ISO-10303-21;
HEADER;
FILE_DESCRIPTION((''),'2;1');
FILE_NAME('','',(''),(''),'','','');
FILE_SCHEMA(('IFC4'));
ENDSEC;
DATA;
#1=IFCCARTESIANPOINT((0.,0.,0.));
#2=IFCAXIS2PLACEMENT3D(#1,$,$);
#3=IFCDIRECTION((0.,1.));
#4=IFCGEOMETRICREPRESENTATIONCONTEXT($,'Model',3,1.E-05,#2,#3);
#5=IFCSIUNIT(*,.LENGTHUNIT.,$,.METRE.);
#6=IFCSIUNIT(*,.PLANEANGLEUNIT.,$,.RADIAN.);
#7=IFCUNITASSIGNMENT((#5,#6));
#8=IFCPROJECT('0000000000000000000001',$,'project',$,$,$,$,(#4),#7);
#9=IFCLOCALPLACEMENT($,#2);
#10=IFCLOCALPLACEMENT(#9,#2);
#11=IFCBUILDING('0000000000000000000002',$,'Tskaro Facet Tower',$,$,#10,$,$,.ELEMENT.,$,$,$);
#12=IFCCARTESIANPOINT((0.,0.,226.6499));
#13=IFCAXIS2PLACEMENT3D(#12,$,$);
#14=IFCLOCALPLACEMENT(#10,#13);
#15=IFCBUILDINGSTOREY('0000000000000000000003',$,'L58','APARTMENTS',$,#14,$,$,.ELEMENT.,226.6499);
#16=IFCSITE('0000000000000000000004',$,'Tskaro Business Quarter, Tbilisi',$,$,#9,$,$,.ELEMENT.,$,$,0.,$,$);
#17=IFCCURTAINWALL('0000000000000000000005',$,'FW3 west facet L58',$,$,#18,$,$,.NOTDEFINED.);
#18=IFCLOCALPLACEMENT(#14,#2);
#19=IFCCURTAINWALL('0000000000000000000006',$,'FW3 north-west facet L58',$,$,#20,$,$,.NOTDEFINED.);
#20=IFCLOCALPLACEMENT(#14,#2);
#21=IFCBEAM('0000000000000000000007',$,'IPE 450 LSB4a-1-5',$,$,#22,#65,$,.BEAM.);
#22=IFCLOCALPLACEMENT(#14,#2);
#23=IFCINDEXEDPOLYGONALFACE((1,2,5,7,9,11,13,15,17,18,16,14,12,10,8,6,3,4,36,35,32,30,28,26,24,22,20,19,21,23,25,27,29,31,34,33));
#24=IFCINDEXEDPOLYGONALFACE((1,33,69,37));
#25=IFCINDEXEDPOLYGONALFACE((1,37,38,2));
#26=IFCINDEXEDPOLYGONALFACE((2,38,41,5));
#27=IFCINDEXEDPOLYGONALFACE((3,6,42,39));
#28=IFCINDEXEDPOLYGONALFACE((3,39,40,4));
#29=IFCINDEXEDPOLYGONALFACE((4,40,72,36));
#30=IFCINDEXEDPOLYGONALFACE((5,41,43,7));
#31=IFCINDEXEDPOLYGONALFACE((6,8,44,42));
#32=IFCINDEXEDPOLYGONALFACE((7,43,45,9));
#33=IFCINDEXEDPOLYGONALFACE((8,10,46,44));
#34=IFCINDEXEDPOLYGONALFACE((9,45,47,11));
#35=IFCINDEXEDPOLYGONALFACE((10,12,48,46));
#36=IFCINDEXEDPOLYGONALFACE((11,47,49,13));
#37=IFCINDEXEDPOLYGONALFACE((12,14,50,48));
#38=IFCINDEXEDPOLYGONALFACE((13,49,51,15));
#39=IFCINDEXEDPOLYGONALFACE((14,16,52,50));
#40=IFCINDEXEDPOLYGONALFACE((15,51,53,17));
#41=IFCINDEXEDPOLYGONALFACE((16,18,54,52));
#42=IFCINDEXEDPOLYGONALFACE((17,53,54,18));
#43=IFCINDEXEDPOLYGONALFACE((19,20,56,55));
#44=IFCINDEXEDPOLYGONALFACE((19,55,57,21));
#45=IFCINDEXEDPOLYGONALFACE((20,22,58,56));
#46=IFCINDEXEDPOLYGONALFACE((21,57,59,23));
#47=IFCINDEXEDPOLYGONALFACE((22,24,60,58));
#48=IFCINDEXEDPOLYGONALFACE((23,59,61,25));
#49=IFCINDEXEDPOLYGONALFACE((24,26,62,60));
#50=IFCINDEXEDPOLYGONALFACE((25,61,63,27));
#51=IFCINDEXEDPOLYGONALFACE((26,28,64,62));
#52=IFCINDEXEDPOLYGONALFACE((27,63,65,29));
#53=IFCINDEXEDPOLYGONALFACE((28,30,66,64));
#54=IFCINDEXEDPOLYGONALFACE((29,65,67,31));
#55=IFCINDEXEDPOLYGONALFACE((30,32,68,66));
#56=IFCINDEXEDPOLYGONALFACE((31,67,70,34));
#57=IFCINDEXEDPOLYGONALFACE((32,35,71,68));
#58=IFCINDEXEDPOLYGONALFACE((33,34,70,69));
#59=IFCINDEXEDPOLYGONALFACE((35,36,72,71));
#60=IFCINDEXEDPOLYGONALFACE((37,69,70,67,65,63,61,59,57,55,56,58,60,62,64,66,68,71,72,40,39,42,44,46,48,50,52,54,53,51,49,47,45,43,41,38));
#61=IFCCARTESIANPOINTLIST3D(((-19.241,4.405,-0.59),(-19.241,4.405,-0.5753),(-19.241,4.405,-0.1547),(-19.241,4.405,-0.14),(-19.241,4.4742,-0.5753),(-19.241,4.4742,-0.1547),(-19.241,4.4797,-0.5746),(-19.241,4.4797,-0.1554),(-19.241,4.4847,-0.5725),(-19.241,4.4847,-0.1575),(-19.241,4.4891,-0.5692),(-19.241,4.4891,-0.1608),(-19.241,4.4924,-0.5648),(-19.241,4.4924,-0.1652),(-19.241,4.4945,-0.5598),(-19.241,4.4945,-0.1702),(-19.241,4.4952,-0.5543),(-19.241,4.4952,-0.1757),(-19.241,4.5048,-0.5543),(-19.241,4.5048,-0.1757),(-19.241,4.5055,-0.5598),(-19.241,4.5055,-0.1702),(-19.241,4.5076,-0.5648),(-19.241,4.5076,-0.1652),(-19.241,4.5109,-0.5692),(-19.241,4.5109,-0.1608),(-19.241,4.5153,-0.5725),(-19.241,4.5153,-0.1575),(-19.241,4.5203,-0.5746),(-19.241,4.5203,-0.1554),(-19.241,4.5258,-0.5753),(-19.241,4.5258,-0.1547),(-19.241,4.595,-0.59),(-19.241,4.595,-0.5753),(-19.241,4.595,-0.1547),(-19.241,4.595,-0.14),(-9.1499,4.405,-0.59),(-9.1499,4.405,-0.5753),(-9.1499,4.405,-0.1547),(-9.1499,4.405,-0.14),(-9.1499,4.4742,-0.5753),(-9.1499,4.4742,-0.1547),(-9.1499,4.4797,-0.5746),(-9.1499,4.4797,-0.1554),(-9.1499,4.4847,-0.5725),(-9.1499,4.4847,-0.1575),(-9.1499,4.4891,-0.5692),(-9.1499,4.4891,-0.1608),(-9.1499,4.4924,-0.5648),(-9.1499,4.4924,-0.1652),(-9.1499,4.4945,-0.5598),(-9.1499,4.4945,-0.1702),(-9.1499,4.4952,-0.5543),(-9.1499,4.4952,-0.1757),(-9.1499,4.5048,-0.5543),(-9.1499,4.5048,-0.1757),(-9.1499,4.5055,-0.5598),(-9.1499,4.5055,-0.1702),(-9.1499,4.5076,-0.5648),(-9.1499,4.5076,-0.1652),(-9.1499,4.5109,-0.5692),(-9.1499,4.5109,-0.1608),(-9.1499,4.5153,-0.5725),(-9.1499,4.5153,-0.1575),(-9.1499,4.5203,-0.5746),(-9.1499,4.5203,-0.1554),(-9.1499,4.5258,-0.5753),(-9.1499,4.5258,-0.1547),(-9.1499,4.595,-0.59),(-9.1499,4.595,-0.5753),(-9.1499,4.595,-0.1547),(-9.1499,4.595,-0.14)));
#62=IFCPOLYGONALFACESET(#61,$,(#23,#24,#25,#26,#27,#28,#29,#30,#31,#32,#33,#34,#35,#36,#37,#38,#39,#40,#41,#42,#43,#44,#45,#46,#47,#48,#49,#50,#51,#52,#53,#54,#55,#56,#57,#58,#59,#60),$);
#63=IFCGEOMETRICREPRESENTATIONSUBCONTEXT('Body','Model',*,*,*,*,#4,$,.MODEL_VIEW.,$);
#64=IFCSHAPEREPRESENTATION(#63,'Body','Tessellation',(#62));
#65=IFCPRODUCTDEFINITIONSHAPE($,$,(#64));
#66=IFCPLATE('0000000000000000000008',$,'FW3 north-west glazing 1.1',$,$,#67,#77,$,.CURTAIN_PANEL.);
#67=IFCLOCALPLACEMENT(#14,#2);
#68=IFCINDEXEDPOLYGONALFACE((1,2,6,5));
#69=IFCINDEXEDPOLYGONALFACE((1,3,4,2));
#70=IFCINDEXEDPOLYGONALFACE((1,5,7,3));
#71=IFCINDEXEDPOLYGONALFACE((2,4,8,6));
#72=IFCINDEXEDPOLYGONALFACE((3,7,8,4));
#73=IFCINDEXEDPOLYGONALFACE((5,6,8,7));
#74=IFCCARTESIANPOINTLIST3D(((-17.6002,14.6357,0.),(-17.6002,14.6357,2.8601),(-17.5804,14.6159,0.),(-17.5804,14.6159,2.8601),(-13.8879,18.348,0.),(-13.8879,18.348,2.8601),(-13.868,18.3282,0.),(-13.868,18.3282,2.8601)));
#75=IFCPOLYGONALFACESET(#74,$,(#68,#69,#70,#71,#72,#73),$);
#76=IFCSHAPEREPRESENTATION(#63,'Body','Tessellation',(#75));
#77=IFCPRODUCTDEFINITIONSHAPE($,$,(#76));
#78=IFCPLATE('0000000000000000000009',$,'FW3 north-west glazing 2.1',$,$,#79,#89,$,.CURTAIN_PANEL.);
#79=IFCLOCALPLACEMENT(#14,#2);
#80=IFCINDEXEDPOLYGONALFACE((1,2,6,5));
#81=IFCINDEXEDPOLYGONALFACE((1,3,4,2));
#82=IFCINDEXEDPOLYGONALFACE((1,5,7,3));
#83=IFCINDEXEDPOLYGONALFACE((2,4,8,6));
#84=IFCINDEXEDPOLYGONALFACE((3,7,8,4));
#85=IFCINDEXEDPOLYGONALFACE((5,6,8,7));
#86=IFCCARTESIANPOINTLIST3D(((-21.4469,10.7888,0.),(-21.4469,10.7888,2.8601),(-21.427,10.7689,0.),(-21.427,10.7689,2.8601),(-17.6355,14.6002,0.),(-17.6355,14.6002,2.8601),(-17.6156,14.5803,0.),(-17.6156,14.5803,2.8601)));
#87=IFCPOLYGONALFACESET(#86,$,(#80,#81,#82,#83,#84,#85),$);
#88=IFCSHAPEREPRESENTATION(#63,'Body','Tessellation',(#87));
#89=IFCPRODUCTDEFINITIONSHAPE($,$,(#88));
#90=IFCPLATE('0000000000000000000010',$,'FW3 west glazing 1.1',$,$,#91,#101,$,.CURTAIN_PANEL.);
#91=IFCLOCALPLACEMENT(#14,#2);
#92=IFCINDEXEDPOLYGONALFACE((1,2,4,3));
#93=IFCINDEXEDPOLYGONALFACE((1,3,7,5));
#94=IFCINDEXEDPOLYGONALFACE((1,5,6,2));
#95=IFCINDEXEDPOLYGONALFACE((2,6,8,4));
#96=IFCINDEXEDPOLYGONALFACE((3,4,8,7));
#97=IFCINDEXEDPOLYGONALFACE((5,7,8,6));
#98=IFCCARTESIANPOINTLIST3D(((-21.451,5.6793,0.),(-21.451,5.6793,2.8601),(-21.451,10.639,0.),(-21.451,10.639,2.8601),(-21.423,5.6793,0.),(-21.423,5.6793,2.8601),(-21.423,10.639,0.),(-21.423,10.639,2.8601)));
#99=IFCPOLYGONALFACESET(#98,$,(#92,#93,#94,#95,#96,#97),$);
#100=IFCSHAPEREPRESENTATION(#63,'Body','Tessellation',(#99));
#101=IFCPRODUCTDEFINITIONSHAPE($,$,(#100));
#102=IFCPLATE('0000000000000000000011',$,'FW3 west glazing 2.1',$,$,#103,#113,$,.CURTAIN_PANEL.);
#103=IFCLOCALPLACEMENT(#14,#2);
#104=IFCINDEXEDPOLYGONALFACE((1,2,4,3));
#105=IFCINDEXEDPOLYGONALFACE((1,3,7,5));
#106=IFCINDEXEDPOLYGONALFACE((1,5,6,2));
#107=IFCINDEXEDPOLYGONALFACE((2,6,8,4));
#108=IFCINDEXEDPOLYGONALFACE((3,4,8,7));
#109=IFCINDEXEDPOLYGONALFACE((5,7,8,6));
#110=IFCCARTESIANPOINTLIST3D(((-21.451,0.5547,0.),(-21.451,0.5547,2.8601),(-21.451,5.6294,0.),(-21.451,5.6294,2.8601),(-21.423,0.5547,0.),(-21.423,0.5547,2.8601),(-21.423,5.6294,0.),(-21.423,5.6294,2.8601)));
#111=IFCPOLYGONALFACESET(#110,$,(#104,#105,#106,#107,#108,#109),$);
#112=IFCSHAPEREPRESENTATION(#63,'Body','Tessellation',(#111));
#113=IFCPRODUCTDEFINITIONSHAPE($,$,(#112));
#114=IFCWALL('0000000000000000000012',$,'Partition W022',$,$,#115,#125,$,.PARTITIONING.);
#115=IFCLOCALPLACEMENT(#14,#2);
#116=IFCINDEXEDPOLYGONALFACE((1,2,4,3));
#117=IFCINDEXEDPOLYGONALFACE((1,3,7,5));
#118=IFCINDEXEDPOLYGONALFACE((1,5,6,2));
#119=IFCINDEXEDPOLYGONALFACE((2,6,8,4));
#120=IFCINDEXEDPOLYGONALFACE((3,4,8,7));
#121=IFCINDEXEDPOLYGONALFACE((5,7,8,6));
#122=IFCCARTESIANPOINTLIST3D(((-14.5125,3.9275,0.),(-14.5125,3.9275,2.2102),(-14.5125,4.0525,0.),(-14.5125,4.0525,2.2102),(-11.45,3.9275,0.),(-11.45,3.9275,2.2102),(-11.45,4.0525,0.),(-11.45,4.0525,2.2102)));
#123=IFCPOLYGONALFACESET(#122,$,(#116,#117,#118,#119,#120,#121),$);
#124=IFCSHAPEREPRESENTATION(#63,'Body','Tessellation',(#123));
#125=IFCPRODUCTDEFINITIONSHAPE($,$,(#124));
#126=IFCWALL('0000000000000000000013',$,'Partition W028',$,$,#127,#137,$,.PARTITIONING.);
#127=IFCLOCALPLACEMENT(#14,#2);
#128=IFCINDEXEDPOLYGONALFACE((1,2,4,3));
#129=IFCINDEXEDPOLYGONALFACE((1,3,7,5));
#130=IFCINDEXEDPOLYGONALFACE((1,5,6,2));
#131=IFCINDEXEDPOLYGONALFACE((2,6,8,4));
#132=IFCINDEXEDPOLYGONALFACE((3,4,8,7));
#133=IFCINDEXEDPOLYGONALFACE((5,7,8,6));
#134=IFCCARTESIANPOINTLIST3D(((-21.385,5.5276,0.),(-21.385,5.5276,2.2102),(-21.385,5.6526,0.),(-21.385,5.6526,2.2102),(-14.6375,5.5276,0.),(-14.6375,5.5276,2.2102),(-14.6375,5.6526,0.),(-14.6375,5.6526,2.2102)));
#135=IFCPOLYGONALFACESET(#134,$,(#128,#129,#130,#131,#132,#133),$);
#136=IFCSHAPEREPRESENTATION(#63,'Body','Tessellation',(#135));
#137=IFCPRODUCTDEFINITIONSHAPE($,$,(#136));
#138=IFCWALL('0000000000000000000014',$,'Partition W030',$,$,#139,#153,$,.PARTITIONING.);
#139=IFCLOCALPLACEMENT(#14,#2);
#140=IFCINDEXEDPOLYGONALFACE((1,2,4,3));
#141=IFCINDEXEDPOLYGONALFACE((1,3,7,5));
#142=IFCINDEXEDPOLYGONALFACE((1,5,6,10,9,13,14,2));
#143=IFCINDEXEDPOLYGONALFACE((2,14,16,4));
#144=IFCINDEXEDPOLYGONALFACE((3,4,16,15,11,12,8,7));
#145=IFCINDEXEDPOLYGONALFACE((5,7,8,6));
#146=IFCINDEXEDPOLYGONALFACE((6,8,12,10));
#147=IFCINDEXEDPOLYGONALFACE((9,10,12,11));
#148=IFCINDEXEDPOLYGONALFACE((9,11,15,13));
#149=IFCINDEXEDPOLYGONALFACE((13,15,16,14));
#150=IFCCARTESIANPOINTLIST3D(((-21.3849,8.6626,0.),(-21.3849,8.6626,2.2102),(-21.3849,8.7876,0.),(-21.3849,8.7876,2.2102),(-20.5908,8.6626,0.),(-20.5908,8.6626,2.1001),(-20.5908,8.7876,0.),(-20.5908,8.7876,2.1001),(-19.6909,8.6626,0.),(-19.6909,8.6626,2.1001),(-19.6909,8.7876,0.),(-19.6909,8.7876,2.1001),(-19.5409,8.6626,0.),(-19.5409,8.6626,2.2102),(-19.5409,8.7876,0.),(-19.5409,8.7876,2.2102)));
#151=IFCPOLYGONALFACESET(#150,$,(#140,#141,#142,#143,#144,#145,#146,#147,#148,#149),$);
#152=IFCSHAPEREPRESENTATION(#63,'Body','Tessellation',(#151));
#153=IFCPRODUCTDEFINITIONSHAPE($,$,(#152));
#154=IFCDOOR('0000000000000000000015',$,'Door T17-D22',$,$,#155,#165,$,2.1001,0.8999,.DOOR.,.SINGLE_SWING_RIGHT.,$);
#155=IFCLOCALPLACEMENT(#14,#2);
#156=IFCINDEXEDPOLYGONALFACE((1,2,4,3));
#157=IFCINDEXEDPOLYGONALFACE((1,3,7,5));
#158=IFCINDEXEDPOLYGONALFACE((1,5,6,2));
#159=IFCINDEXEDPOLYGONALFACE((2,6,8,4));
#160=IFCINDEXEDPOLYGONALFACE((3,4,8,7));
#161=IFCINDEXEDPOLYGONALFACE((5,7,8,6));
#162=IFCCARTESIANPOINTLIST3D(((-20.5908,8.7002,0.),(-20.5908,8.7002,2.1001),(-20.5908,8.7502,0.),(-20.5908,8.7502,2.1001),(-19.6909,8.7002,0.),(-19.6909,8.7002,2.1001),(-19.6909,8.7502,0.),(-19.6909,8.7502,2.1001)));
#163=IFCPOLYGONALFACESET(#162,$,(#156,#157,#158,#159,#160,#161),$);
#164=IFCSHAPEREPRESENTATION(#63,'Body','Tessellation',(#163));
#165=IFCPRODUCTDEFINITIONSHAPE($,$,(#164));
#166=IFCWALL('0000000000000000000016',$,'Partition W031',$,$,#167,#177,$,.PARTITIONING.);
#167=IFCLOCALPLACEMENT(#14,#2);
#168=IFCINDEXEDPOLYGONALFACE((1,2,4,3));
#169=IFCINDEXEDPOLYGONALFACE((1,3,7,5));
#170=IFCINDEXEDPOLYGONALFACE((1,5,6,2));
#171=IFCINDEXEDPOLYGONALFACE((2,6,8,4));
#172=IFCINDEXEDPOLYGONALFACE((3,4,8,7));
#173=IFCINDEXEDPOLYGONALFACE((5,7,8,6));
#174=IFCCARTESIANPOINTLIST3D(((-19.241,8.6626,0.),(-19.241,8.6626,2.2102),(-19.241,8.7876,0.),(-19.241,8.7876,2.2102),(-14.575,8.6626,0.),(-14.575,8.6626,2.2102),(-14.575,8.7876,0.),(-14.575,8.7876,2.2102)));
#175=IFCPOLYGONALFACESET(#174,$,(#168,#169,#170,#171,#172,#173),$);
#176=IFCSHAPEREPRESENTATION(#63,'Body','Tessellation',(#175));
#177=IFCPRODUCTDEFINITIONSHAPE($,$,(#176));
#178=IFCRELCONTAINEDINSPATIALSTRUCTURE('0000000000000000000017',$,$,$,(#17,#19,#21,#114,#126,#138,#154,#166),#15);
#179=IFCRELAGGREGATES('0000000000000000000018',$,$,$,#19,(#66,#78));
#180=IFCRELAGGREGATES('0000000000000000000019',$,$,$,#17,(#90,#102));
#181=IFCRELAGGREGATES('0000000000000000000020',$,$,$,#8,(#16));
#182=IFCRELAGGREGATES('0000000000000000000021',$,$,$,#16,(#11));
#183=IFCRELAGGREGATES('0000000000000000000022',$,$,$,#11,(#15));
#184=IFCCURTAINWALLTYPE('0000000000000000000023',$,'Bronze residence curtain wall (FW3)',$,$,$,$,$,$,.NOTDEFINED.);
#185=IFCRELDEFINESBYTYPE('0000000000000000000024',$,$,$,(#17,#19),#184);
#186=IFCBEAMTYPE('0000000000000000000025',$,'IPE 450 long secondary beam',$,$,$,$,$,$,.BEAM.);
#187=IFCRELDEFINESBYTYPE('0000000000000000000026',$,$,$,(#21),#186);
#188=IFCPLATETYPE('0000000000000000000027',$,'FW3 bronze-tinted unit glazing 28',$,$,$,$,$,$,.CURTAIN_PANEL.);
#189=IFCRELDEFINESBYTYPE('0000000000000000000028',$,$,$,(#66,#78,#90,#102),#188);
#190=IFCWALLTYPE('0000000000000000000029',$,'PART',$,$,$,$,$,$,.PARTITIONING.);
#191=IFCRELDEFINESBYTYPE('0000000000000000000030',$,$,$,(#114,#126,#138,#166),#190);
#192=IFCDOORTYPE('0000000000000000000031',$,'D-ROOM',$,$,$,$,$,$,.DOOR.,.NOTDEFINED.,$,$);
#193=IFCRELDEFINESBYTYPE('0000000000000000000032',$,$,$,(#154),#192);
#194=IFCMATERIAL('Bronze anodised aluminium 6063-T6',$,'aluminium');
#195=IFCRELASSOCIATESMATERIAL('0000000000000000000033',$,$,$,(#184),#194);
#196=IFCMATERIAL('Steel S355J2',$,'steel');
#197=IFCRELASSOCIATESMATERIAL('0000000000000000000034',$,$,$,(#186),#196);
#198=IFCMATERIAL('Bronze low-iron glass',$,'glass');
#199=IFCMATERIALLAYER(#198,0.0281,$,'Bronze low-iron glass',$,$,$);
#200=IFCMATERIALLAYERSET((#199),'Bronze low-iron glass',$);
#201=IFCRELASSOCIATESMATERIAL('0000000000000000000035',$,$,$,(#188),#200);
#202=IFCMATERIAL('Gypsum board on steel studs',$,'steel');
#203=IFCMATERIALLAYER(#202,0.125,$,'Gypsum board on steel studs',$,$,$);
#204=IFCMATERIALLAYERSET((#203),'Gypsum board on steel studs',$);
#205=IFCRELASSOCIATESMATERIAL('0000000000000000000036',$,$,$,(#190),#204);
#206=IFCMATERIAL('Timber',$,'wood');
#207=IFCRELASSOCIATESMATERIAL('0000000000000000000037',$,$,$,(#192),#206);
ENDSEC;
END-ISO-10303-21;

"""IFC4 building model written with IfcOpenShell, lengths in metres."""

from ifc_helpers import new_model, si_unit, direction, frame, frame_2d, origin, origin_2d, place, context, subcontext, project, spatial, rectangle, i_section, extrude, material, layer, layer_set, material_profile, profile_set, type_object, element, fill, aggregate, save


model = new_model("IFC4")

# Units and contexts
model_context = context("Model", 3, precision=1e-05, world=origin(), true_north=direction((0.0, 1.0)))
body_context = subcontext(model_context, "Body", "Model", "MODEL_VIEW")
ifc_project = project(units=[si_unit("LENGTHUNIT", "METRE"), si_unit("PLANEANGLEUNIT", "RADIAN")], contexts=[model_context])

# Site, building, storey
site_placement = place(None, origin())
site = spatial("IfcSite", under=ifc_project, at=site_placement, Name="Tskaro Business Quarter, Tbilisi", CompositionType="ELEMENT", RefElevation=0.0)
building_placement = place(site_placement, origin())
building = spatial("IfcBuilding", under=site, at=building_placement, Name="Tskaro Facet Tower", CompositionType="ELEMENT")
storey_placement = place(building_placement, frame((0.0, 0.0, 226.6499)))
storey = spatial("IfcBuildingStorey", under=building, at=storey_placement, Name="L58", Description="APARTMENTS", CompositionType="ELEMENT", Elevation=226.6499)

# Shared definitions
ifc_material_1 = material(Name="Steel S355J2", Category="steel")

# Curtain walls
ifc_material_2 = material(Name="Bronze anodised aluminium 6063-T6", Category="aluminium")
curtain_wall_type = type_object("IfcCurtainWallType", Name="Bronze residence curtain wall (FW3)", PredefinedType="NOTDEFINED", material=ifc_material_2)
curtain_wall_1_placement = place(storey_placement, origin())
curtain_wall_1 = element("IfcCurtainWall", 1, at=curtain_wall_1_placement, inside=storey, type_object=curtain_wall_type, Name="FW3 west facet L58", PredefinedType="NOTDEFINED")
curtain_wall_2_placement = place(storey_placement, origin())
curtain_wall_2 = element("IfcCurtainWall", 2, at=curtain_wall_2_placement, inside=storey, type_object=curtain_wall_type, Name="FW3 north-west facet L58", PredefinedType="NOTDEFINED")

# Beam
ifc_material_profile_1 = material_profile(ifc_material_1, i_section(OverallWidth=0.1899, OverallDepth=0.45, WebThickness=0.0095, FlangeThickness=0.0146, FilletRadius=0.021, at=origin_2d()), Name="IPE 450")
ifc_profile_set_1 = profile_set([ifc_material_profile_1], Name="Steel S355J2")
beam_type_1 = type_object("IfcBeamType", Name="IPE 450 long secondary beam", PredefinedType="BEAM", material=ifc_profile_set_1)
beam_1_placement = place(storey_placement, frame((-19.241, 4.5, -0.365), z_axis=(1.0, 0.0, 0.0), x_axis=(0.0, 1.0, 0.0)))
element("IfcBeam", 3, at=beam_1_placement, inside=storey, type_object=beam_type_1, Name="IPE 450 LSB4a-1-5", PredefinedType="BEAM", context=body_context, shape_type="SweptSolid", body=[
    extrude(i_section(OverallWidth=0.1899, OverallDepth=0.45, WebThickness=0.0095, FlangeThickness=0.0146, FilletRadius=0.021, at=origin_2d()), origin(), (0.0, 0.0, 1.0), 10.0911),
])

# Plates
ifc_material_3 = material(Name="Bronze low-iron glass", Category="glass")
ifc_layer_1 = layer(ifc_material_3, 0.0281, Name="Bronze low-iron glass")
ifc_layer_set_1 = layer_set([ifc_layer_1], Name="Bronze low-iron glass")
plate_type = type_object("IfcPlateType", Name="FW3 bronze-tinted unit glazing 28", PredefinedType="CURTAIN_PANEL", material=ifc_layer_set_1)
plate_1_placement = place(storey_placement, frame((-15.7341, 16.4819, 0.0), z_axis=(0.0, 0.0, 1.0), x_axis=(-0.707107, -0.707107, 0.0)))
plate_1 = element("IfcPlate", 4, at=plate_1_placement, type_object=plate_type, Name="FW3 north-west glazing 1.1", PredefinedType="CURTAIN_PANEL", context=body_context, shape_type="SweptSolid", body=[
    extrude(rectangle(XDim=5.25, YDim=0.0281, at=origin_2d()), origin(), (0.0, 0.0, 1.0), 2.8601),
])
plate_2_placement = place(storey_placement, frame((-19.5312, 12.6846, 0.0), z_axis=(0.0, 0.0, 1.0), x_axis=(-0.707107, -0.707107, 0.0)))
plate_2 = element("IfcPlate", 5, at=plate_2_placement, type_object=plate_type, Name="FW3 north-west glazing 2.1", PredefinedType="CURTAIN_PANEL", context=body_context, shape_type="SweptSolid", body=[
    extrude(rectangle(XDim=5.3901, YDim=0.0281, at=origin_2d()), origin(), (0.0, 0.0, 1.0), 2.8601),
])
aggregate(curtain_wall_2, [plate_1, plate_2])
plate_3_placement = place(storey_placement, frame((-21.437, 8.1592, 0.0), z_axis=(0.0, 0.0, 1.0), x_axis=(0.0, -1.0, 0.0)))
plate_3 = element("IfcPlate", 6, at=plate_3_placement, type_object=plate_type, Name="FW3 west glazing 1.1", PredefinedType="CURTAIN_PANEL", context=body_context, shape_type="SweptSolid", body=[
    extrude(rectangle(XDim=4.9597, YDim=0.0281, at=origin_2d()), origin(), (0.0, 0.0, 1.0), 2.8601),
])
plate_4_placement = place(storey_placement, frame((-21.437, 3.092, 0.0), z_axis=(0.0, 0.0, 1.0), x_axis=(0.0, -1.0, 0.0)))
plate_4 = element("IfcPlate", 7, at=plate_4_placement, type_object=plate_type, Name="FW3 west glazing 2.1", PredefinedType="CURTAIN_PANEL", context=body_context, shape_type="SweptSolid", body=[
    extrude(rectangle(XDim=5.0747, YDim=0.0281, at=origin_2d()), origin(), (0.0, 0.0, 1.0), 2.8601),
])
aggregate(curtain_wall_1, [plate_3, plate_4])

# Walls
ifc_material_4 = material(Name="Gypsum board on steel studs", Category="steel")
ifc_layer_2 = layer(ifc_material_4, 0.125, Name="Gypsum board on steel studs")
ifc_layer_set_2 = layer_set([ifc_layer_2], Name="Gypsum board on steel studs")
wall_type_1 = type_object("IfcWallType", Name="PART", PredefinedType="PARTITIONING", material=ifc_layer_set_2)
wall_1_placement = place(storey_placement, frame((-14.5125, 3.99, 0.0), z_axis=(0.0, 0.0, 1.0), x_axis=(1.0, 0.0, 0.0)))
element("IfcWall", 8, at=wall_1_placement, inside=storey, type_object=wall_type_1, Name="Partition W022", PredefinedType="PARTITIONING", context=body_context, shape_type="SweptSolid", body=[
    extrude(rectangle(XDim=3.0625, YDim=0.125, at=frame_2d((1.5312, 0.0))), origin(), (0.0, 0.0, 1.0), 2.2102),
])
wall_2_placement = place(storey_placement, frame((-21.385, 5.5901, 0.0), z_axis=(0.0, 0.0, 1.0), x_axis=(1.0, 0.0, 0.0)))
element("IfcWall", 9, at=wall_2_placement, inside=storey, type_object=wall_type_1, Name="Partition W028", PredefinedType="PARTITIONING", context=body_context, shape_type="SweptSolid", body=[
    extrude(rectangle(XDim=6.7476, YDim=0.125, at=frame_2d((3.3738, 0.0))), origin(), (0.0, 0.0, 1.0), 2.2102),
])

# Wall, opening, door
wall_3_placement = place(storey_placement, frame((-19.541, 8.7251, 0.0), z_axis=(0.0, 0.0, 1.0), x_axis=(-1.0, 0.0, 0.0)))
wall_3 = element("IfcWall", 10, at=wall_3_placement, inside=storey, type_object=wall_type_1, Name="Partition W030", PredefinedType="PARTITIONING", context=body_context, shape_type="SweptSolid", body=[
    extrude(rectangle(XDim=1.844, YDim=0.125, at=frame_2d((0.9219, 0.0))), origin(), (0.0, 0.0, 1.0), 2.2102),
])
opening_1_placement = place(wall_3_placement, frame((0.1499, 0.0, 0.0)))
opening_1 = element("IfcOpeningElement", 11, at=opening_1_placement, cuts=wall_3, PredefinedType="OPENING", context=body_context, shape_type="SweptSolid", body=[
    extrude(rectangle(XDim=0.8999, YDim=2.1001, at=frame_2d((0.45, 1.05))), frame((0.0, 0.0725, 0.0), z_axis=(0.0, -1.0, 0.0), x_axis=(1.0, 0.0, 0.0)), (0.0, 0.0, 1.0), 0.145),
])
ifc_material_5 = material(Name="Timber", Category="wood")
door_type = type_object("IfcDoorType", Name="D-ROOM", OperationType="NOTDEFINED", PredefinedType="DOOR", material=ifc_material_5)
door_1_placement = place(opening_1_placement, origin())
door_1 = element("IfcDoor", 12, at=door_1_placement, inside=storey, type_object=door_type, Name="Door T17-D22", OperationType="SINGLE_SWING_RIGHT", OverallHeight=2.1001, OverallWidth=0.8999, PredefinedType="DOOR", context=body_context, shape_type="SweptSolid", body=[
    extrude(rectangle(XDim=0.8999, YDim=2.1001, at=frame_2d((0.45, 1.05))), frame((0.0, 0.0249, 0.0), z_axis=(0.0, -1.0, 0.0), x_axis=(1.0, 0.0, 0.0)), (0.0, 0.0, 1.0), 0.05),
])
fill(opening_1, door_1)

# Wall
wall_4_placement = place(storey_placement, frame((-19.241, 8.7251, 0.0), z_axis=(0.0, 0.0, 1.0), x_axis=(1.0, 0.0, 0.0)))
element("IfcWall", 13, at=wall_4_placement, inside=storey, type_object=wall_type_1, Name="Partition W031", PredefinedType="PARTITIONING", context=body_context, shape_type="SweptSolid", body=[
    extrude(rectangle(XDim=4.666, YDim=0.125, at=frame_2d((2.333, 0.0))), origin(), (0.0, 0.0, 1.0), 2.2102),
])

save(model, "model.ifc")
